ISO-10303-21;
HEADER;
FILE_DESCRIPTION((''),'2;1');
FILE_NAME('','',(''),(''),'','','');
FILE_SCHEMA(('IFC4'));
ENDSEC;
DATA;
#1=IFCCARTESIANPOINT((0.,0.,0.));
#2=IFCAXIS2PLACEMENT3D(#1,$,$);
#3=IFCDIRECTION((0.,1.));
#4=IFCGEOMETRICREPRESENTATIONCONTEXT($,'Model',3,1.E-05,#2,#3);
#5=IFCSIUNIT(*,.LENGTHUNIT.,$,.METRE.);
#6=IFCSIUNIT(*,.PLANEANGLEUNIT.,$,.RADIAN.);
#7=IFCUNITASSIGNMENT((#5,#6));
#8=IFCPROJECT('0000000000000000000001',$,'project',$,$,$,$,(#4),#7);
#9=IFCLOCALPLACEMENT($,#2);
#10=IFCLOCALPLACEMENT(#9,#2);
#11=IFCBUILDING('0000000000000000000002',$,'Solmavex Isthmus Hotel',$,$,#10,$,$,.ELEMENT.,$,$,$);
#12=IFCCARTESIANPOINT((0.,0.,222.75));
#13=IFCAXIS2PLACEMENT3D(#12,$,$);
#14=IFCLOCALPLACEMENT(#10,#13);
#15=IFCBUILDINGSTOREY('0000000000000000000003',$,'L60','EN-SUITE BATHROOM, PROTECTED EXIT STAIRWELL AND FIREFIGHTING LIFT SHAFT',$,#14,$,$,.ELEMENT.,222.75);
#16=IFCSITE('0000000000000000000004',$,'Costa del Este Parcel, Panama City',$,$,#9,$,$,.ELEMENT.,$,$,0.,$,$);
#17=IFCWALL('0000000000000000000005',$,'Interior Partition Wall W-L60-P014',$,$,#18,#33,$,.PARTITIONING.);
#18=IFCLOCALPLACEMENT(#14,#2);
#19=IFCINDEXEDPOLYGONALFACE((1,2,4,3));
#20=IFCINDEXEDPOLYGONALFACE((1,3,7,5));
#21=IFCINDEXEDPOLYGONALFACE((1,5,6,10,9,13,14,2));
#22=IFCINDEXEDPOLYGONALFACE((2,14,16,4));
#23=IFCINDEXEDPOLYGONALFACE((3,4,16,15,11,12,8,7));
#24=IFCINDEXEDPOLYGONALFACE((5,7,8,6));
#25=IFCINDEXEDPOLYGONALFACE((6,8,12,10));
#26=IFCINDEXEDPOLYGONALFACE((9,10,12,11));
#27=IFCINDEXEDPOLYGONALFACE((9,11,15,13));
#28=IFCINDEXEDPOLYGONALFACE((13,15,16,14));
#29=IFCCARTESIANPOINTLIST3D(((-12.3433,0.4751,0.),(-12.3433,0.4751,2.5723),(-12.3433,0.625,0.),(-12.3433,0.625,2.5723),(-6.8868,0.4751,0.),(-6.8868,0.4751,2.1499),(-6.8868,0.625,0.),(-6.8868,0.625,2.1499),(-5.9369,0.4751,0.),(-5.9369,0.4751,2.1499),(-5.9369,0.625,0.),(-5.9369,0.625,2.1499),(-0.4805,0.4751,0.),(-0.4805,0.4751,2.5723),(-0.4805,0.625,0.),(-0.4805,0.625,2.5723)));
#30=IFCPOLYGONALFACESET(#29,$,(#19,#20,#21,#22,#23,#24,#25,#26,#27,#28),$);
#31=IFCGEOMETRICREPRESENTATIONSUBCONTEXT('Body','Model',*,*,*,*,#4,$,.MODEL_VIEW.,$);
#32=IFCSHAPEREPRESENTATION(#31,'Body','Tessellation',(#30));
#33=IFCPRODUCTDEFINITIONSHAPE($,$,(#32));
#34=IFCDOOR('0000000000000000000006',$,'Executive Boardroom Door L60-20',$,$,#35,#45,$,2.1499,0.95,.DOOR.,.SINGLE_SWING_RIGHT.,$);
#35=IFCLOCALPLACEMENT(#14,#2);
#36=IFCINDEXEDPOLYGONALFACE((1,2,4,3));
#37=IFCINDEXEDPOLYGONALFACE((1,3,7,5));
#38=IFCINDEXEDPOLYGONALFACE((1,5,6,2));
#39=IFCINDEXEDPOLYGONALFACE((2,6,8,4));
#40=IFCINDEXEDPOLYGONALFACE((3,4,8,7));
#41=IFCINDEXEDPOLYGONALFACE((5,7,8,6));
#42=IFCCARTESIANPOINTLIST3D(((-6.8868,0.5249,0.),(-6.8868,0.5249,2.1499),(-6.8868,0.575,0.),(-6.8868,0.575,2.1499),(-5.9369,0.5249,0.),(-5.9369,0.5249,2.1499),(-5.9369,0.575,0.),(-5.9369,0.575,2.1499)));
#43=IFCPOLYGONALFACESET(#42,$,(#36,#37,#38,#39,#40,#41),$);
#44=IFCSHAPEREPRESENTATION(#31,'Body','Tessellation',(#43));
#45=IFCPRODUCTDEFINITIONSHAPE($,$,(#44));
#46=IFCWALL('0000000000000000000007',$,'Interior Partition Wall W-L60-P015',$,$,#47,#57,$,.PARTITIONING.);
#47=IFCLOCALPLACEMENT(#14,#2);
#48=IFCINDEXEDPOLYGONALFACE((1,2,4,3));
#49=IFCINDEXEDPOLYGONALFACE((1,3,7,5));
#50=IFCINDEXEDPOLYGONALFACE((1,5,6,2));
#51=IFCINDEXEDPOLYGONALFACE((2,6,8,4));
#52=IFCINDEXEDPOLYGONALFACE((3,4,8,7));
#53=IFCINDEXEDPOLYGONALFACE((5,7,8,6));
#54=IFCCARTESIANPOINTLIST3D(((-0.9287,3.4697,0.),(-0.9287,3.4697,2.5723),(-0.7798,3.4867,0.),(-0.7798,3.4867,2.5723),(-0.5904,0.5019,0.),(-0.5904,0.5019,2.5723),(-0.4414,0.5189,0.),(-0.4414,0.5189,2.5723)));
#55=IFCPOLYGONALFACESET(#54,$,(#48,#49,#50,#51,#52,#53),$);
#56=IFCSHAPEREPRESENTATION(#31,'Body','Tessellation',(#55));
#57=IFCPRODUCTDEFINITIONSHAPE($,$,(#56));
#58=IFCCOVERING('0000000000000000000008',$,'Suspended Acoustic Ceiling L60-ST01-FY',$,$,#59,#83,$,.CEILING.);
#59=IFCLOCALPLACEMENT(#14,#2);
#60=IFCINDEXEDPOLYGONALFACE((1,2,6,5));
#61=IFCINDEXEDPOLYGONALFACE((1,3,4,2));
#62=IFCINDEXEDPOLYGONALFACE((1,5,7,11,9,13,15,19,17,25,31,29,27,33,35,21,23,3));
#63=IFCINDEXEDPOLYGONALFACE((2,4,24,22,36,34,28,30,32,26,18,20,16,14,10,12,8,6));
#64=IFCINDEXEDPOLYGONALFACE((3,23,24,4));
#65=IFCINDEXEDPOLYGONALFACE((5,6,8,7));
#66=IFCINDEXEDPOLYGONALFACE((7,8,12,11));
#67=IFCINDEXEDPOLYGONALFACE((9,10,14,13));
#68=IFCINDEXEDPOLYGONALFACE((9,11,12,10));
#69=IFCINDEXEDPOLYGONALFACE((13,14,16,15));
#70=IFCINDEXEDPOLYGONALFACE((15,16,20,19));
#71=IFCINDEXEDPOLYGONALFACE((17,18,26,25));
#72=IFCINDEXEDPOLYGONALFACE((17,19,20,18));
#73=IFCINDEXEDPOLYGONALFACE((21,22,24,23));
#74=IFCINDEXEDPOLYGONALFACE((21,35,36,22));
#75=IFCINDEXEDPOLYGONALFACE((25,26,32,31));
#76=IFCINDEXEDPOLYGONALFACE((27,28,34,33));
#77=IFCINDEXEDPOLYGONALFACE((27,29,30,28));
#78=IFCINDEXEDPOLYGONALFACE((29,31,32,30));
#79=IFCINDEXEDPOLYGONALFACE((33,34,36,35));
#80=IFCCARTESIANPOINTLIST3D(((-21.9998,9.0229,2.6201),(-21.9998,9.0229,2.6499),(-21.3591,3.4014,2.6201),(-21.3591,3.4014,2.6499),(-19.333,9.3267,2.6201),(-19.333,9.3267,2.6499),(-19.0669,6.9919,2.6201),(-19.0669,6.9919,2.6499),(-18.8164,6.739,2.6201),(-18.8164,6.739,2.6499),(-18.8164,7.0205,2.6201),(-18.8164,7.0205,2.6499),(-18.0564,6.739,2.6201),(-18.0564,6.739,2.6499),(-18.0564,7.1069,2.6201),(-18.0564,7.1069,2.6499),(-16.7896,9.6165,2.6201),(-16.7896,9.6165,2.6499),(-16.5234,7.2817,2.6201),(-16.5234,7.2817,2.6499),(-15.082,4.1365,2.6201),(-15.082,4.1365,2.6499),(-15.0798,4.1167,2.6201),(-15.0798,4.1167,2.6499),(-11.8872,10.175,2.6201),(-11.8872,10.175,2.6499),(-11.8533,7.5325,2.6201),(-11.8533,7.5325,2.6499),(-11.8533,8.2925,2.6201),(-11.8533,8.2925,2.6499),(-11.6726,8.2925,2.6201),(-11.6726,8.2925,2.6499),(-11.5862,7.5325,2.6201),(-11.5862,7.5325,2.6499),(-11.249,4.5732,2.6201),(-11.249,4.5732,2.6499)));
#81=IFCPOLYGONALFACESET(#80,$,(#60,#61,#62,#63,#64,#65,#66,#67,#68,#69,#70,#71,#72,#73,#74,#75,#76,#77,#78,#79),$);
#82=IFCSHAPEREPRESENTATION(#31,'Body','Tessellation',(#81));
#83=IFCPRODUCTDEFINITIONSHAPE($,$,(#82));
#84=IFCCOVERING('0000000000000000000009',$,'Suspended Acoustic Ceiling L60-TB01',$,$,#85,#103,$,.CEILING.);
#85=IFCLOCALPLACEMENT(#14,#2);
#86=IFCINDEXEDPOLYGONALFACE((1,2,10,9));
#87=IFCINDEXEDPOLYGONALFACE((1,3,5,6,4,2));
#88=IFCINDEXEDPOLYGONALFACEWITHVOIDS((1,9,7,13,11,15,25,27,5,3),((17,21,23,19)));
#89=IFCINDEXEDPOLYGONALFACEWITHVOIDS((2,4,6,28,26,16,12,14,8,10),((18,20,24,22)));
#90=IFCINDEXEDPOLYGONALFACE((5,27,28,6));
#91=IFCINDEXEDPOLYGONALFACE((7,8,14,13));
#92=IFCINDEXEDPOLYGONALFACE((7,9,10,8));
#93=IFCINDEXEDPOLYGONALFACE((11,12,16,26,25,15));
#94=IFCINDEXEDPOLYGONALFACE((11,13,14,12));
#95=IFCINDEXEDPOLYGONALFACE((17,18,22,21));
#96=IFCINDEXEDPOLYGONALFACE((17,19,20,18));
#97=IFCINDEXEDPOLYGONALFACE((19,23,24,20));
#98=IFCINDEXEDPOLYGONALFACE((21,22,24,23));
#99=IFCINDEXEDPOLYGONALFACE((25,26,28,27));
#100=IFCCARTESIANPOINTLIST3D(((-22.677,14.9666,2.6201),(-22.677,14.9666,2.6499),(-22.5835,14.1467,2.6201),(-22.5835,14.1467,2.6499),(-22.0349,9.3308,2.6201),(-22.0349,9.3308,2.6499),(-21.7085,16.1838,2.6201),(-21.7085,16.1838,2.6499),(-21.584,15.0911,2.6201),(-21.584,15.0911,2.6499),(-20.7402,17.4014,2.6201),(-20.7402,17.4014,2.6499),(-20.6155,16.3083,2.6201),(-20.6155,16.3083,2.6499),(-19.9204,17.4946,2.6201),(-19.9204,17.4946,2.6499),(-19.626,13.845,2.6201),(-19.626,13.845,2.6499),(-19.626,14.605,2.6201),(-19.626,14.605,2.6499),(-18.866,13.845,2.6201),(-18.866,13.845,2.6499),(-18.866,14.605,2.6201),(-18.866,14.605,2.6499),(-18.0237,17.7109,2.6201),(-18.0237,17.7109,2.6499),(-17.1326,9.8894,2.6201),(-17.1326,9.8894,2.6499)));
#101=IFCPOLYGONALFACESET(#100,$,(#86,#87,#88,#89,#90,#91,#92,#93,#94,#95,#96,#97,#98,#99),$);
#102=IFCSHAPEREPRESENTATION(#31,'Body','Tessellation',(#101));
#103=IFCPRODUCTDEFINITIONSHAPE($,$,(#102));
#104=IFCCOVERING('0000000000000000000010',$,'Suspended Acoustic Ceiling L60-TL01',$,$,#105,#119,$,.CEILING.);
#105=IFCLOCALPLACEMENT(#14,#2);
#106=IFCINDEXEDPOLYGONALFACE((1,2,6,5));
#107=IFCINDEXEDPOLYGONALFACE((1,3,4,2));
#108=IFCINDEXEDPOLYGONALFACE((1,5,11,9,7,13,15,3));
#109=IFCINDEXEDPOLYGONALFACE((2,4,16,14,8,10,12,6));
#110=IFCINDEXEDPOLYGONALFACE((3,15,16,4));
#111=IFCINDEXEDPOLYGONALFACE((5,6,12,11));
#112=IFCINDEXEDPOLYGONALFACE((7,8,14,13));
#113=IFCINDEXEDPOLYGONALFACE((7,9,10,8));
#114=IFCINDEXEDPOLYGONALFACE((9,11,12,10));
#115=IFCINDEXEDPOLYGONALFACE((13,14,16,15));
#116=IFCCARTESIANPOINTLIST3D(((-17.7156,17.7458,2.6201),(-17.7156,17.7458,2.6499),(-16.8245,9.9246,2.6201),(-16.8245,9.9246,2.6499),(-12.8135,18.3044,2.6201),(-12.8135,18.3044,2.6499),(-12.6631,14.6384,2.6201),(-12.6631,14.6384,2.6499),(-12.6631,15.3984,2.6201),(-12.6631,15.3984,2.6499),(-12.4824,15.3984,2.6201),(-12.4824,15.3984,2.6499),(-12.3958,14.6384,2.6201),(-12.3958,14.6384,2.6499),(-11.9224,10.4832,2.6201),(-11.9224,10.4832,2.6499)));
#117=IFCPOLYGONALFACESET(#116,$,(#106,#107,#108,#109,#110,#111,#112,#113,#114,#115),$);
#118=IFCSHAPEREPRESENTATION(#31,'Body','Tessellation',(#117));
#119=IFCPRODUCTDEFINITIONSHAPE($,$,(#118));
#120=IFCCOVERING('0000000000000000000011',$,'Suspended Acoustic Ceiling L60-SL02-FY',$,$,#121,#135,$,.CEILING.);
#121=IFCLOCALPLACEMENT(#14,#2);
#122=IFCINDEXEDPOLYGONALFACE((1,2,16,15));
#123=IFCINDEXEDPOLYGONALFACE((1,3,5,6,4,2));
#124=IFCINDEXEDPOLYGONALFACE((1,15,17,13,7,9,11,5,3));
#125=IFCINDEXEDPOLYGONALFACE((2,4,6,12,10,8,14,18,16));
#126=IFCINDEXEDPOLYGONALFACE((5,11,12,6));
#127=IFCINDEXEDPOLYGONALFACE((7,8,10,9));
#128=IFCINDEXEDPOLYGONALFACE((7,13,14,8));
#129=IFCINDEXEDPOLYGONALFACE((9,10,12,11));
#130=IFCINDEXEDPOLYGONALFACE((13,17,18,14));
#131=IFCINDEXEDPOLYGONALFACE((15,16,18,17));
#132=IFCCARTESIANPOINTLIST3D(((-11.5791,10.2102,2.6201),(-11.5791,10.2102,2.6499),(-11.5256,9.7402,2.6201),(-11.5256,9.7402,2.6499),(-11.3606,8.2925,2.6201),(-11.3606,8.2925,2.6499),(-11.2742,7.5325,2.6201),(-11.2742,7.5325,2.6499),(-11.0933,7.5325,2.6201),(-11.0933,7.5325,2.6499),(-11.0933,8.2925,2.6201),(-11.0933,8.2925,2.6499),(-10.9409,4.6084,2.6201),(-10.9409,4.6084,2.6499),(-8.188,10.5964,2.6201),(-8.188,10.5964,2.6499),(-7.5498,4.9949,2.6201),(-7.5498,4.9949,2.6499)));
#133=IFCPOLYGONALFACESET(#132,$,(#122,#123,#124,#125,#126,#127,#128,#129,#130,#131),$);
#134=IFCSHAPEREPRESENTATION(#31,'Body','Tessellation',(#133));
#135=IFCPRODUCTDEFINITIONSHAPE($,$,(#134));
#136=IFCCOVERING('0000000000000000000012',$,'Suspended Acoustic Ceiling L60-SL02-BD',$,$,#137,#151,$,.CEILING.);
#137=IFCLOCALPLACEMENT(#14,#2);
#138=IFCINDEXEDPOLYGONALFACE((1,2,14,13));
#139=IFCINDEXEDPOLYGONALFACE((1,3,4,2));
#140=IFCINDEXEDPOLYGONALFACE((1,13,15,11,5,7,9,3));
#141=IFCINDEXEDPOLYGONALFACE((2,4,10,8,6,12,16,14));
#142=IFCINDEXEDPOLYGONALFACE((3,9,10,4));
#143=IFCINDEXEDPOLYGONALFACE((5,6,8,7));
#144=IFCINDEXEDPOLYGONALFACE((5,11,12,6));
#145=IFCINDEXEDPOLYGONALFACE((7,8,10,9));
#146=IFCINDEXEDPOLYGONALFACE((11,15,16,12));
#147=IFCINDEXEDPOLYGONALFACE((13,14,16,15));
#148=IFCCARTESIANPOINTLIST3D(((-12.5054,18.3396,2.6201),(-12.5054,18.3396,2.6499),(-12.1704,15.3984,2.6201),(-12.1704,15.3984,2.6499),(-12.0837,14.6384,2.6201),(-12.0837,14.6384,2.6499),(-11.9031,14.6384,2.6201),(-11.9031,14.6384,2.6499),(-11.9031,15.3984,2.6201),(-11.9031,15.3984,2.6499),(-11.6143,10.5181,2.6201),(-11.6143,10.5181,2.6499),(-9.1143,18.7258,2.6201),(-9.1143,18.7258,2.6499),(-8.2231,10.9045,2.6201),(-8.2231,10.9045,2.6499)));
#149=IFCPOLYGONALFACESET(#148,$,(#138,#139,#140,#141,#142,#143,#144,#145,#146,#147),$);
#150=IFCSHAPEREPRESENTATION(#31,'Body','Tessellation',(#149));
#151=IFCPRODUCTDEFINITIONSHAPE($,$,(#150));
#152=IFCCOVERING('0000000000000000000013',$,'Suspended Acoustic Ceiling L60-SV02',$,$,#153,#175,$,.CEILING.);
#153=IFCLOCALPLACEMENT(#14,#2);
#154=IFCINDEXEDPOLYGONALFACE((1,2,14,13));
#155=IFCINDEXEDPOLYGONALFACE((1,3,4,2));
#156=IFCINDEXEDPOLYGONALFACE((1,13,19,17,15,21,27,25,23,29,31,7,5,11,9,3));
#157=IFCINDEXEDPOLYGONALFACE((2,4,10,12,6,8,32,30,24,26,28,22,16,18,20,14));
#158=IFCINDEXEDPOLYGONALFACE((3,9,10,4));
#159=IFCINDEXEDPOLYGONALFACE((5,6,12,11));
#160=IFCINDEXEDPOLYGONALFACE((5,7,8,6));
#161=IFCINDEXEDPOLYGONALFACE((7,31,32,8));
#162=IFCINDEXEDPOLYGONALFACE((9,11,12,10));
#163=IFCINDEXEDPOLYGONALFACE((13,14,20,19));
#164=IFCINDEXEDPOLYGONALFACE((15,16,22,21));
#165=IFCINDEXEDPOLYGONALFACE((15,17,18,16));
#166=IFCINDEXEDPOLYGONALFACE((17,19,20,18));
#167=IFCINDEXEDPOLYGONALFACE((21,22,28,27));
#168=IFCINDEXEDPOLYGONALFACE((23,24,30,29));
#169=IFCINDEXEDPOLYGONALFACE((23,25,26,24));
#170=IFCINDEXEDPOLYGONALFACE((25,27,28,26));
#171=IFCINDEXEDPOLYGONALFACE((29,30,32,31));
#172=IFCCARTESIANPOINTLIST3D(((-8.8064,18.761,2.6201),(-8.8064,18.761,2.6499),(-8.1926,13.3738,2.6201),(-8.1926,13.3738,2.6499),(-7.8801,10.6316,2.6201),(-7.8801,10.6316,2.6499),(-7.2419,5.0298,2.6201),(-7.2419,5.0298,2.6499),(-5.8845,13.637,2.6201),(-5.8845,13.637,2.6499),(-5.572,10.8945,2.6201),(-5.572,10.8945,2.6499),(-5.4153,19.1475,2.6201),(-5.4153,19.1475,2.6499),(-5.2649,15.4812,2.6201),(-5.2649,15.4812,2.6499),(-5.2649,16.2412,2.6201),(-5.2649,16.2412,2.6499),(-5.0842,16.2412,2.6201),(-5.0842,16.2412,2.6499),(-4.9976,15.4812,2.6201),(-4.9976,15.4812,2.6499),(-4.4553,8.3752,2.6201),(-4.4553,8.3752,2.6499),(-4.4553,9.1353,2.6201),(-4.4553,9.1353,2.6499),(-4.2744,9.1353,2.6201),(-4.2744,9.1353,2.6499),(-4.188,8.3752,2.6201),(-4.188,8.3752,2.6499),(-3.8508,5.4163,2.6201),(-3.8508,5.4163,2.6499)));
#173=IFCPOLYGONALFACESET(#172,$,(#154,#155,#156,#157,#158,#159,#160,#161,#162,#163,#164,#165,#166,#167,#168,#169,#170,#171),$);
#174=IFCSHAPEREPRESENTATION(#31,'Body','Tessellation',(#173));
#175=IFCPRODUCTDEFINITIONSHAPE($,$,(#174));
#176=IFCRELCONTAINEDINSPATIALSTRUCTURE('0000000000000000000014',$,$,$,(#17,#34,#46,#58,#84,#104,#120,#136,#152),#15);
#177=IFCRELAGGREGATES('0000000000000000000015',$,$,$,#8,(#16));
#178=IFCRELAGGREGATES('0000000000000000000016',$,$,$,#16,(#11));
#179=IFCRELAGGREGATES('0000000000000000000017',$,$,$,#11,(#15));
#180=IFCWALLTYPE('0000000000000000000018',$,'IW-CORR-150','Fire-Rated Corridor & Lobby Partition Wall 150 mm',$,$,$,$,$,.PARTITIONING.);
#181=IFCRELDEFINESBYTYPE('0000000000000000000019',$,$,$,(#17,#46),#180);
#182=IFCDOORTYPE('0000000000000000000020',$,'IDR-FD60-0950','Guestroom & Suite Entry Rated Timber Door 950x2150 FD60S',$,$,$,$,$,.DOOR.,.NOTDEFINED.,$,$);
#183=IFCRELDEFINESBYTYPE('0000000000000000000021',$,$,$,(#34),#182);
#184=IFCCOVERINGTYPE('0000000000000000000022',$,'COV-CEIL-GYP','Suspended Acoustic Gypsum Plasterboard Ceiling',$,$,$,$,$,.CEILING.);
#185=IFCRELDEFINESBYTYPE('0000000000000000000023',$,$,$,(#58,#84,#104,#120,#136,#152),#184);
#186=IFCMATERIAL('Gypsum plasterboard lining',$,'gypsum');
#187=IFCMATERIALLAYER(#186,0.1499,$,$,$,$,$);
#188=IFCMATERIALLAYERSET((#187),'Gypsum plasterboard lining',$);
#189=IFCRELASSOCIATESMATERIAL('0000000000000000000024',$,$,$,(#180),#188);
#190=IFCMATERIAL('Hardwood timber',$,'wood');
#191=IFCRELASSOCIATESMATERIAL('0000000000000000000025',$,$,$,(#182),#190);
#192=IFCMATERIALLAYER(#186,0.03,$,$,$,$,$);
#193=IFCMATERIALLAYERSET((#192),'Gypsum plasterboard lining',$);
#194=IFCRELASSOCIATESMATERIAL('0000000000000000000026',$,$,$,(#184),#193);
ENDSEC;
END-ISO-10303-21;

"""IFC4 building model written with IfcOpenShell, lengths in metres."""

from ifc_helpers import new_model, si_unit, direction, frame, frame_2d, origin, place, context, subcontext, project, spatial, polyline, rectangle, outline, extrude, material, layer, layer_set, type_object, element, fill, save


model = new_model("IFC4")

# Units and contexts
model_context = context("Model", 3, precision=1e-05, world=origin(), true_north=direction((0.0, 1.0)))
body_context = subcontext(model_context, "Body", "Model", "MODEL_VIEW")
ifc_project = project(units=[si_unit("LENGTHUNIT", "METRE"), si_unit("PLANEANGLEUNIT", "RADIAN")], contexts=[model_context])

# Site, building, storey
site_placement = place(None, origin())
site = spatial("IfcSite", under=ifc_project, at=site_placement, Name="Costa del Este Parcel, Panama City", CompositionType="ELEMENT", RefElevation=0.0)
building_placement = place(site_placement, origin())
building = spatial("IfcBuilding", under=site, at=building_placement, Name="Solmavex Isthmus Hotel", CompositionType="ELEMENT")
storey_placement = place(building_placement, frame((0.0, 0.0, 222.75)))
storey = spatial("IfcBuildingStorey", under=building, at=storey_placement, Name="L60", Description="EN-SUITE BATHROOM, PROTECTED EXIT STAIRWELL AND FIREFIGHTING LIFT SHAFT", CompositionType="ELEMENT", Elevation=222.75)

# Shared definitions
ifc_material_1 = material(Name="Gypsum plasterboard lining", Category="gypsum")
ifc_layer_1 = layer(ifc_material_1, 0.1499)
ifc_layer_set_1 = layer_set([ifc_layer_1], Name="Gypsum plasterboard lining")
wall_type = type_object("IfcWallType", Name="IW-CORR-150", Description="Fire-Rated Corridor & Lobby Partition Wall 150 mm", PredefinedType="PARTITIONING", material=ifc_layer_set_1)

# Wall, opening, door
wall_1_placement = place(storey_placement, frame((-12.3433, 0.55, 0.0), z_axis=(0.0, 0.0, 1.0), x_axis=(1.0, 0.0, 0.0)))
wall_1 = element("IfcWall", 1, at=wall_1_placement, inside=storey, type_object=wall_type, Name="Interior Partition Wall W-L60-P014", PredefinedType="PARTITIONING", context=body_context, shape_type="SweptSolid", body=[
    extrude(rectangle(XDim=11.8628, YDim=0.1499, at=frame_2d((5.9314, 0.0))), origin(), (0.0, 0.0, 1.0), 2.5723),
])
opening_placement = place(wall_1_placement, frame((5.4563, 0.0, 0.0)))
opening = element("IfcOpeningElement", 2, at=opening_placement, cuts=wall_1, PredefinedType="OPENING", context=body_context, shape_type="SweptSolid", body=[
    extrude(rectangle(XDim=0.95, YDim=2.1499, at=frame_2d((0.4751, 1.075))), frame((0.0, 0.085, 0.0), z_axis=(0.0, -1.0, 0.0), x_axis=(1.0, 0.0, 0.0)), (0.0, 0.0, 1.0), 0.1699),
])
ifc_material_2 = material(Name="Hardwood timber", Category="wood")
door_type = type_object("IfcDoorType", Name="IDR-FD60-0950", Description="Guestroom & Suite Entry Rated Timber Door 950x2150 FD60S", OperationType="NOTDEFINED", PredefinedType="DOOR", material=ifc_material_2)
door_placement = place(opening_placement, origin())
door = element("IfcDoor", 3, at=door_placement, inside=storey, type_object=door_type, Name="Executive Boardroom Door L60-20", OperationType="SINGLE_SWING_RIGHT", OverallHeight=2.1499, OverallWidth=0.95, PredefinedType="DOOR", context=body_context, shape_type="SweptSolid", body=[
    extrude(rectangle(XDim=0.95, YDim=2.1499, at=frame_2d((0.4751, 1.075))), frame((0.0, 0.0249, 0.0), z_axis=(0.0, -1.0, 0.0), x_axis=(1.0, 0.0, 0.0)), (0.0, 0.0, 1.0), 0.05),
])
fill(opening, door)

# Wall
wall_2_placement = place(storey_placement, frame((-0.5159, 0.5103, 0.0), z_axis=(0.0, 0.0, 1.0), x_axis=(-0.113284, 0.993563, 0.0)))
element("IfcWall", 4, at=wall_2_placement, inside=storey, type_object=wall_type, Name="Interior Partition Wall W-L60-P015", PredefinedType="PARTITIONING", context=body_context, shape_type="SweptSolid", body=[
    extrude(rectangle(XDim=2.9871, YDim=0.1499, at=frame_2d((1.4937, 0.0))), origin(), (0.0, 0.0, 1.0), 2.5723),
])

# Coverings
ifc_layer_2 = layer(ifc_material_1, 0.03)
ifc_layer_set_2 = layer_set([ifc_layer_2], Name="Gypsum plasterboard lining")
covering_type_1 = type_object("IfcCoveringType", Name="COV-CEIL-GYP", Description="Suspended Acoustic Gypsum Plasterboard Ceiling", PredefinedType="CEILING", material=ifc_layer_set_2)
covering_1_placement = place(storey_placement, frame((0.0, 0.0, 2.6201)))
element("IfcCovering", 5, at=covering_1_placement, inside=storey, type_object=covering_type_1, Name="Suspended Acoustic Ceiling L60-ST01-FY", PredefinedType="CEILING", context=body_context, shape_type="SweptSolid", body=[
    extrude(outline(polyline([(-18.0564, 7.1069), (-18.0564, 6.739), (-18.8164, 6.739), (-18.8164, 7.0205), (-19.0669, 6.9919), (-19.333, 9.3267), (-21.9998, 9.0229), (-21.3591, 3.4014), (-15.0798, 4.1167), (-15.082, 4.1365), (-11.249, 4.5732), (-11.5862, 7.5325), (-11.8533, 7.5325), (-11.8533, 8.2925), (-11.6726, 8.2925), (-11.8872, 10.175), (-16.7896, 9.6165), (-16.5234, 7.2817), (-18.0564, 7.1069)])), origin(), (0.0, 0.0, 1.0), 0.0298),
])
covering_2_placement = place(storey_placement, frame((0.0, 0.0, 2.6201)))
element("IfcCovering", 6, at=covering_2_placement, inside=storey, type_object=covering_type_1, Name="Suspended Acoustic Ceiling L60-TB01", PredefinedType="CEILING", context=body_context, shape_type="SweptSolid", body=[
    extrude(outline(polyline([(-22.677, 14.9666), (-22.5835, 14.1467), (-22.0349, 9.3308), (-17.1326, 9.8894), (-18.0237, 17.7109), (-19.9204, 17.4946), (-20.7402, 17.4014), (-20.6155, 16.3083), (-21.7085, 16.1838), (-21.584, 15.0911), (-22.677, 14.9666)]), holes=[polyline([(-19.626, 13.845), (-19.626, 14.605), (-18.866, 14.605), (-18.866, 13.845), (-19.626, 13.845)])]), origin(), (0.0, 0.0, 1.0), 0.0298),
])
covering_3_placement = place(storey_placement, frame((0.0, 0.0, 2.6201)))
element("IfcCovering", 7, at=covering_3_placement, inside=storey, type_object=covering_type_1, Name="Suspended Acoustic Ceiling L60-TL01", PredefinedType="CEILING", context=body_context, shape_type="SweptSolid", body=[
    extrude(outline(polyline([(-12.3958, 14.6384), (-12.6631, 14.6384), (-12.6631, 15.3984), (-12.4824, 15.3984), (-12.8135, 18.3044), (-17.7156, 17.7458), (-16.8245, 9.9246), (-11.9224, 10.4832), (-12.3958, 14.6384)])), origin(), (0.0, 0.0, 1.0), 0.0298),
])
covering_4_placement = place(storey_placement, frame((0.0, 0.0, 2.6201)))
element("IfcCovering", 8, at=covering_4_placement, inside=storey, type_object=covering_type_1, Name="Suspended Acoustic Ceiling L60-SL02-FY", PredefinedType="CEILING", context=body_context, shape_type="SweptSolid", body=[
    extrude(outline(polyline([(-11.3606, 8.2925), (-11.0933, 8.2925), (-11.0933, 7.5325), (-11.2742, 7.5325), (-10.9409, 4.6084), (-7.5498, 4.9949), (-8.188, 10.5964), (-11.5791, 10.2102), (-11.5256, 9.7402), (-11.3606, 8.2925)])), origin(), (0.0, 0.0, 1.0), 0.0298),
])
covering_5_placement = place(storey_placement, frame((0.0, 0.0, 2.6201)))
element("IfcCovering", 9, at=covering_5_placement, inside=storey, type_object=covering_type_1, Name="Suspended Acoustic Ceiling L60-SL02-BD", PredefinedType="CEILING", context=body_context, shape_type="SweptSolid", body=[
    extrude(outline(polyline([(-12.1704, 15.3984), (-11.9031, 15.3984), (-11.9031, 14.6384), (-12.0837, 14.6384), (-11.6143, 10.5181), (-8.2231, 10.9045), (-9.1143, 18.7258), (-12.5054, 18.3396), (-12.1704, 15.3984)])), origin(), (0.0, 0.0, 1.0), 0.0298),
])
covering_6_placement = place(storey_placement, frame((0.0, 0.0, 2.6201)))
element("IfcCovering", 10, at=covering_6_placement, inside=storey, type_object=covering_type_1, Name="Suspended Acoustic Ceiling L60-SV02", PredefinedType="CEILING", context=body_context, shape_type="SweptSolid", body=[
    extrude(outline(polyline([(-4.9976, 15.4812), (-5.2649, 15.4812), (-5.2649, 16.2412), (-5.0842, 16.2412), (-5.4153, 19.1475), (-8.8064, 18.761), (-8.1926, 13.3738), (-5.8845, 13.637), (-5.572, 10.8945), (-7.8801, 10.6316), (-7.2419, 5.0298), (-3.8508, 5.4163), (-4.188, 8.3752), (-4.4553, 8.3752), (-4.4553, 9.1353), (-4.2744, 9.1353), (-4.9976, 15.4812)])), origin(), (0.0, 0.0, 1.0), 0.0298),
])

save(model, "model.ifc")
